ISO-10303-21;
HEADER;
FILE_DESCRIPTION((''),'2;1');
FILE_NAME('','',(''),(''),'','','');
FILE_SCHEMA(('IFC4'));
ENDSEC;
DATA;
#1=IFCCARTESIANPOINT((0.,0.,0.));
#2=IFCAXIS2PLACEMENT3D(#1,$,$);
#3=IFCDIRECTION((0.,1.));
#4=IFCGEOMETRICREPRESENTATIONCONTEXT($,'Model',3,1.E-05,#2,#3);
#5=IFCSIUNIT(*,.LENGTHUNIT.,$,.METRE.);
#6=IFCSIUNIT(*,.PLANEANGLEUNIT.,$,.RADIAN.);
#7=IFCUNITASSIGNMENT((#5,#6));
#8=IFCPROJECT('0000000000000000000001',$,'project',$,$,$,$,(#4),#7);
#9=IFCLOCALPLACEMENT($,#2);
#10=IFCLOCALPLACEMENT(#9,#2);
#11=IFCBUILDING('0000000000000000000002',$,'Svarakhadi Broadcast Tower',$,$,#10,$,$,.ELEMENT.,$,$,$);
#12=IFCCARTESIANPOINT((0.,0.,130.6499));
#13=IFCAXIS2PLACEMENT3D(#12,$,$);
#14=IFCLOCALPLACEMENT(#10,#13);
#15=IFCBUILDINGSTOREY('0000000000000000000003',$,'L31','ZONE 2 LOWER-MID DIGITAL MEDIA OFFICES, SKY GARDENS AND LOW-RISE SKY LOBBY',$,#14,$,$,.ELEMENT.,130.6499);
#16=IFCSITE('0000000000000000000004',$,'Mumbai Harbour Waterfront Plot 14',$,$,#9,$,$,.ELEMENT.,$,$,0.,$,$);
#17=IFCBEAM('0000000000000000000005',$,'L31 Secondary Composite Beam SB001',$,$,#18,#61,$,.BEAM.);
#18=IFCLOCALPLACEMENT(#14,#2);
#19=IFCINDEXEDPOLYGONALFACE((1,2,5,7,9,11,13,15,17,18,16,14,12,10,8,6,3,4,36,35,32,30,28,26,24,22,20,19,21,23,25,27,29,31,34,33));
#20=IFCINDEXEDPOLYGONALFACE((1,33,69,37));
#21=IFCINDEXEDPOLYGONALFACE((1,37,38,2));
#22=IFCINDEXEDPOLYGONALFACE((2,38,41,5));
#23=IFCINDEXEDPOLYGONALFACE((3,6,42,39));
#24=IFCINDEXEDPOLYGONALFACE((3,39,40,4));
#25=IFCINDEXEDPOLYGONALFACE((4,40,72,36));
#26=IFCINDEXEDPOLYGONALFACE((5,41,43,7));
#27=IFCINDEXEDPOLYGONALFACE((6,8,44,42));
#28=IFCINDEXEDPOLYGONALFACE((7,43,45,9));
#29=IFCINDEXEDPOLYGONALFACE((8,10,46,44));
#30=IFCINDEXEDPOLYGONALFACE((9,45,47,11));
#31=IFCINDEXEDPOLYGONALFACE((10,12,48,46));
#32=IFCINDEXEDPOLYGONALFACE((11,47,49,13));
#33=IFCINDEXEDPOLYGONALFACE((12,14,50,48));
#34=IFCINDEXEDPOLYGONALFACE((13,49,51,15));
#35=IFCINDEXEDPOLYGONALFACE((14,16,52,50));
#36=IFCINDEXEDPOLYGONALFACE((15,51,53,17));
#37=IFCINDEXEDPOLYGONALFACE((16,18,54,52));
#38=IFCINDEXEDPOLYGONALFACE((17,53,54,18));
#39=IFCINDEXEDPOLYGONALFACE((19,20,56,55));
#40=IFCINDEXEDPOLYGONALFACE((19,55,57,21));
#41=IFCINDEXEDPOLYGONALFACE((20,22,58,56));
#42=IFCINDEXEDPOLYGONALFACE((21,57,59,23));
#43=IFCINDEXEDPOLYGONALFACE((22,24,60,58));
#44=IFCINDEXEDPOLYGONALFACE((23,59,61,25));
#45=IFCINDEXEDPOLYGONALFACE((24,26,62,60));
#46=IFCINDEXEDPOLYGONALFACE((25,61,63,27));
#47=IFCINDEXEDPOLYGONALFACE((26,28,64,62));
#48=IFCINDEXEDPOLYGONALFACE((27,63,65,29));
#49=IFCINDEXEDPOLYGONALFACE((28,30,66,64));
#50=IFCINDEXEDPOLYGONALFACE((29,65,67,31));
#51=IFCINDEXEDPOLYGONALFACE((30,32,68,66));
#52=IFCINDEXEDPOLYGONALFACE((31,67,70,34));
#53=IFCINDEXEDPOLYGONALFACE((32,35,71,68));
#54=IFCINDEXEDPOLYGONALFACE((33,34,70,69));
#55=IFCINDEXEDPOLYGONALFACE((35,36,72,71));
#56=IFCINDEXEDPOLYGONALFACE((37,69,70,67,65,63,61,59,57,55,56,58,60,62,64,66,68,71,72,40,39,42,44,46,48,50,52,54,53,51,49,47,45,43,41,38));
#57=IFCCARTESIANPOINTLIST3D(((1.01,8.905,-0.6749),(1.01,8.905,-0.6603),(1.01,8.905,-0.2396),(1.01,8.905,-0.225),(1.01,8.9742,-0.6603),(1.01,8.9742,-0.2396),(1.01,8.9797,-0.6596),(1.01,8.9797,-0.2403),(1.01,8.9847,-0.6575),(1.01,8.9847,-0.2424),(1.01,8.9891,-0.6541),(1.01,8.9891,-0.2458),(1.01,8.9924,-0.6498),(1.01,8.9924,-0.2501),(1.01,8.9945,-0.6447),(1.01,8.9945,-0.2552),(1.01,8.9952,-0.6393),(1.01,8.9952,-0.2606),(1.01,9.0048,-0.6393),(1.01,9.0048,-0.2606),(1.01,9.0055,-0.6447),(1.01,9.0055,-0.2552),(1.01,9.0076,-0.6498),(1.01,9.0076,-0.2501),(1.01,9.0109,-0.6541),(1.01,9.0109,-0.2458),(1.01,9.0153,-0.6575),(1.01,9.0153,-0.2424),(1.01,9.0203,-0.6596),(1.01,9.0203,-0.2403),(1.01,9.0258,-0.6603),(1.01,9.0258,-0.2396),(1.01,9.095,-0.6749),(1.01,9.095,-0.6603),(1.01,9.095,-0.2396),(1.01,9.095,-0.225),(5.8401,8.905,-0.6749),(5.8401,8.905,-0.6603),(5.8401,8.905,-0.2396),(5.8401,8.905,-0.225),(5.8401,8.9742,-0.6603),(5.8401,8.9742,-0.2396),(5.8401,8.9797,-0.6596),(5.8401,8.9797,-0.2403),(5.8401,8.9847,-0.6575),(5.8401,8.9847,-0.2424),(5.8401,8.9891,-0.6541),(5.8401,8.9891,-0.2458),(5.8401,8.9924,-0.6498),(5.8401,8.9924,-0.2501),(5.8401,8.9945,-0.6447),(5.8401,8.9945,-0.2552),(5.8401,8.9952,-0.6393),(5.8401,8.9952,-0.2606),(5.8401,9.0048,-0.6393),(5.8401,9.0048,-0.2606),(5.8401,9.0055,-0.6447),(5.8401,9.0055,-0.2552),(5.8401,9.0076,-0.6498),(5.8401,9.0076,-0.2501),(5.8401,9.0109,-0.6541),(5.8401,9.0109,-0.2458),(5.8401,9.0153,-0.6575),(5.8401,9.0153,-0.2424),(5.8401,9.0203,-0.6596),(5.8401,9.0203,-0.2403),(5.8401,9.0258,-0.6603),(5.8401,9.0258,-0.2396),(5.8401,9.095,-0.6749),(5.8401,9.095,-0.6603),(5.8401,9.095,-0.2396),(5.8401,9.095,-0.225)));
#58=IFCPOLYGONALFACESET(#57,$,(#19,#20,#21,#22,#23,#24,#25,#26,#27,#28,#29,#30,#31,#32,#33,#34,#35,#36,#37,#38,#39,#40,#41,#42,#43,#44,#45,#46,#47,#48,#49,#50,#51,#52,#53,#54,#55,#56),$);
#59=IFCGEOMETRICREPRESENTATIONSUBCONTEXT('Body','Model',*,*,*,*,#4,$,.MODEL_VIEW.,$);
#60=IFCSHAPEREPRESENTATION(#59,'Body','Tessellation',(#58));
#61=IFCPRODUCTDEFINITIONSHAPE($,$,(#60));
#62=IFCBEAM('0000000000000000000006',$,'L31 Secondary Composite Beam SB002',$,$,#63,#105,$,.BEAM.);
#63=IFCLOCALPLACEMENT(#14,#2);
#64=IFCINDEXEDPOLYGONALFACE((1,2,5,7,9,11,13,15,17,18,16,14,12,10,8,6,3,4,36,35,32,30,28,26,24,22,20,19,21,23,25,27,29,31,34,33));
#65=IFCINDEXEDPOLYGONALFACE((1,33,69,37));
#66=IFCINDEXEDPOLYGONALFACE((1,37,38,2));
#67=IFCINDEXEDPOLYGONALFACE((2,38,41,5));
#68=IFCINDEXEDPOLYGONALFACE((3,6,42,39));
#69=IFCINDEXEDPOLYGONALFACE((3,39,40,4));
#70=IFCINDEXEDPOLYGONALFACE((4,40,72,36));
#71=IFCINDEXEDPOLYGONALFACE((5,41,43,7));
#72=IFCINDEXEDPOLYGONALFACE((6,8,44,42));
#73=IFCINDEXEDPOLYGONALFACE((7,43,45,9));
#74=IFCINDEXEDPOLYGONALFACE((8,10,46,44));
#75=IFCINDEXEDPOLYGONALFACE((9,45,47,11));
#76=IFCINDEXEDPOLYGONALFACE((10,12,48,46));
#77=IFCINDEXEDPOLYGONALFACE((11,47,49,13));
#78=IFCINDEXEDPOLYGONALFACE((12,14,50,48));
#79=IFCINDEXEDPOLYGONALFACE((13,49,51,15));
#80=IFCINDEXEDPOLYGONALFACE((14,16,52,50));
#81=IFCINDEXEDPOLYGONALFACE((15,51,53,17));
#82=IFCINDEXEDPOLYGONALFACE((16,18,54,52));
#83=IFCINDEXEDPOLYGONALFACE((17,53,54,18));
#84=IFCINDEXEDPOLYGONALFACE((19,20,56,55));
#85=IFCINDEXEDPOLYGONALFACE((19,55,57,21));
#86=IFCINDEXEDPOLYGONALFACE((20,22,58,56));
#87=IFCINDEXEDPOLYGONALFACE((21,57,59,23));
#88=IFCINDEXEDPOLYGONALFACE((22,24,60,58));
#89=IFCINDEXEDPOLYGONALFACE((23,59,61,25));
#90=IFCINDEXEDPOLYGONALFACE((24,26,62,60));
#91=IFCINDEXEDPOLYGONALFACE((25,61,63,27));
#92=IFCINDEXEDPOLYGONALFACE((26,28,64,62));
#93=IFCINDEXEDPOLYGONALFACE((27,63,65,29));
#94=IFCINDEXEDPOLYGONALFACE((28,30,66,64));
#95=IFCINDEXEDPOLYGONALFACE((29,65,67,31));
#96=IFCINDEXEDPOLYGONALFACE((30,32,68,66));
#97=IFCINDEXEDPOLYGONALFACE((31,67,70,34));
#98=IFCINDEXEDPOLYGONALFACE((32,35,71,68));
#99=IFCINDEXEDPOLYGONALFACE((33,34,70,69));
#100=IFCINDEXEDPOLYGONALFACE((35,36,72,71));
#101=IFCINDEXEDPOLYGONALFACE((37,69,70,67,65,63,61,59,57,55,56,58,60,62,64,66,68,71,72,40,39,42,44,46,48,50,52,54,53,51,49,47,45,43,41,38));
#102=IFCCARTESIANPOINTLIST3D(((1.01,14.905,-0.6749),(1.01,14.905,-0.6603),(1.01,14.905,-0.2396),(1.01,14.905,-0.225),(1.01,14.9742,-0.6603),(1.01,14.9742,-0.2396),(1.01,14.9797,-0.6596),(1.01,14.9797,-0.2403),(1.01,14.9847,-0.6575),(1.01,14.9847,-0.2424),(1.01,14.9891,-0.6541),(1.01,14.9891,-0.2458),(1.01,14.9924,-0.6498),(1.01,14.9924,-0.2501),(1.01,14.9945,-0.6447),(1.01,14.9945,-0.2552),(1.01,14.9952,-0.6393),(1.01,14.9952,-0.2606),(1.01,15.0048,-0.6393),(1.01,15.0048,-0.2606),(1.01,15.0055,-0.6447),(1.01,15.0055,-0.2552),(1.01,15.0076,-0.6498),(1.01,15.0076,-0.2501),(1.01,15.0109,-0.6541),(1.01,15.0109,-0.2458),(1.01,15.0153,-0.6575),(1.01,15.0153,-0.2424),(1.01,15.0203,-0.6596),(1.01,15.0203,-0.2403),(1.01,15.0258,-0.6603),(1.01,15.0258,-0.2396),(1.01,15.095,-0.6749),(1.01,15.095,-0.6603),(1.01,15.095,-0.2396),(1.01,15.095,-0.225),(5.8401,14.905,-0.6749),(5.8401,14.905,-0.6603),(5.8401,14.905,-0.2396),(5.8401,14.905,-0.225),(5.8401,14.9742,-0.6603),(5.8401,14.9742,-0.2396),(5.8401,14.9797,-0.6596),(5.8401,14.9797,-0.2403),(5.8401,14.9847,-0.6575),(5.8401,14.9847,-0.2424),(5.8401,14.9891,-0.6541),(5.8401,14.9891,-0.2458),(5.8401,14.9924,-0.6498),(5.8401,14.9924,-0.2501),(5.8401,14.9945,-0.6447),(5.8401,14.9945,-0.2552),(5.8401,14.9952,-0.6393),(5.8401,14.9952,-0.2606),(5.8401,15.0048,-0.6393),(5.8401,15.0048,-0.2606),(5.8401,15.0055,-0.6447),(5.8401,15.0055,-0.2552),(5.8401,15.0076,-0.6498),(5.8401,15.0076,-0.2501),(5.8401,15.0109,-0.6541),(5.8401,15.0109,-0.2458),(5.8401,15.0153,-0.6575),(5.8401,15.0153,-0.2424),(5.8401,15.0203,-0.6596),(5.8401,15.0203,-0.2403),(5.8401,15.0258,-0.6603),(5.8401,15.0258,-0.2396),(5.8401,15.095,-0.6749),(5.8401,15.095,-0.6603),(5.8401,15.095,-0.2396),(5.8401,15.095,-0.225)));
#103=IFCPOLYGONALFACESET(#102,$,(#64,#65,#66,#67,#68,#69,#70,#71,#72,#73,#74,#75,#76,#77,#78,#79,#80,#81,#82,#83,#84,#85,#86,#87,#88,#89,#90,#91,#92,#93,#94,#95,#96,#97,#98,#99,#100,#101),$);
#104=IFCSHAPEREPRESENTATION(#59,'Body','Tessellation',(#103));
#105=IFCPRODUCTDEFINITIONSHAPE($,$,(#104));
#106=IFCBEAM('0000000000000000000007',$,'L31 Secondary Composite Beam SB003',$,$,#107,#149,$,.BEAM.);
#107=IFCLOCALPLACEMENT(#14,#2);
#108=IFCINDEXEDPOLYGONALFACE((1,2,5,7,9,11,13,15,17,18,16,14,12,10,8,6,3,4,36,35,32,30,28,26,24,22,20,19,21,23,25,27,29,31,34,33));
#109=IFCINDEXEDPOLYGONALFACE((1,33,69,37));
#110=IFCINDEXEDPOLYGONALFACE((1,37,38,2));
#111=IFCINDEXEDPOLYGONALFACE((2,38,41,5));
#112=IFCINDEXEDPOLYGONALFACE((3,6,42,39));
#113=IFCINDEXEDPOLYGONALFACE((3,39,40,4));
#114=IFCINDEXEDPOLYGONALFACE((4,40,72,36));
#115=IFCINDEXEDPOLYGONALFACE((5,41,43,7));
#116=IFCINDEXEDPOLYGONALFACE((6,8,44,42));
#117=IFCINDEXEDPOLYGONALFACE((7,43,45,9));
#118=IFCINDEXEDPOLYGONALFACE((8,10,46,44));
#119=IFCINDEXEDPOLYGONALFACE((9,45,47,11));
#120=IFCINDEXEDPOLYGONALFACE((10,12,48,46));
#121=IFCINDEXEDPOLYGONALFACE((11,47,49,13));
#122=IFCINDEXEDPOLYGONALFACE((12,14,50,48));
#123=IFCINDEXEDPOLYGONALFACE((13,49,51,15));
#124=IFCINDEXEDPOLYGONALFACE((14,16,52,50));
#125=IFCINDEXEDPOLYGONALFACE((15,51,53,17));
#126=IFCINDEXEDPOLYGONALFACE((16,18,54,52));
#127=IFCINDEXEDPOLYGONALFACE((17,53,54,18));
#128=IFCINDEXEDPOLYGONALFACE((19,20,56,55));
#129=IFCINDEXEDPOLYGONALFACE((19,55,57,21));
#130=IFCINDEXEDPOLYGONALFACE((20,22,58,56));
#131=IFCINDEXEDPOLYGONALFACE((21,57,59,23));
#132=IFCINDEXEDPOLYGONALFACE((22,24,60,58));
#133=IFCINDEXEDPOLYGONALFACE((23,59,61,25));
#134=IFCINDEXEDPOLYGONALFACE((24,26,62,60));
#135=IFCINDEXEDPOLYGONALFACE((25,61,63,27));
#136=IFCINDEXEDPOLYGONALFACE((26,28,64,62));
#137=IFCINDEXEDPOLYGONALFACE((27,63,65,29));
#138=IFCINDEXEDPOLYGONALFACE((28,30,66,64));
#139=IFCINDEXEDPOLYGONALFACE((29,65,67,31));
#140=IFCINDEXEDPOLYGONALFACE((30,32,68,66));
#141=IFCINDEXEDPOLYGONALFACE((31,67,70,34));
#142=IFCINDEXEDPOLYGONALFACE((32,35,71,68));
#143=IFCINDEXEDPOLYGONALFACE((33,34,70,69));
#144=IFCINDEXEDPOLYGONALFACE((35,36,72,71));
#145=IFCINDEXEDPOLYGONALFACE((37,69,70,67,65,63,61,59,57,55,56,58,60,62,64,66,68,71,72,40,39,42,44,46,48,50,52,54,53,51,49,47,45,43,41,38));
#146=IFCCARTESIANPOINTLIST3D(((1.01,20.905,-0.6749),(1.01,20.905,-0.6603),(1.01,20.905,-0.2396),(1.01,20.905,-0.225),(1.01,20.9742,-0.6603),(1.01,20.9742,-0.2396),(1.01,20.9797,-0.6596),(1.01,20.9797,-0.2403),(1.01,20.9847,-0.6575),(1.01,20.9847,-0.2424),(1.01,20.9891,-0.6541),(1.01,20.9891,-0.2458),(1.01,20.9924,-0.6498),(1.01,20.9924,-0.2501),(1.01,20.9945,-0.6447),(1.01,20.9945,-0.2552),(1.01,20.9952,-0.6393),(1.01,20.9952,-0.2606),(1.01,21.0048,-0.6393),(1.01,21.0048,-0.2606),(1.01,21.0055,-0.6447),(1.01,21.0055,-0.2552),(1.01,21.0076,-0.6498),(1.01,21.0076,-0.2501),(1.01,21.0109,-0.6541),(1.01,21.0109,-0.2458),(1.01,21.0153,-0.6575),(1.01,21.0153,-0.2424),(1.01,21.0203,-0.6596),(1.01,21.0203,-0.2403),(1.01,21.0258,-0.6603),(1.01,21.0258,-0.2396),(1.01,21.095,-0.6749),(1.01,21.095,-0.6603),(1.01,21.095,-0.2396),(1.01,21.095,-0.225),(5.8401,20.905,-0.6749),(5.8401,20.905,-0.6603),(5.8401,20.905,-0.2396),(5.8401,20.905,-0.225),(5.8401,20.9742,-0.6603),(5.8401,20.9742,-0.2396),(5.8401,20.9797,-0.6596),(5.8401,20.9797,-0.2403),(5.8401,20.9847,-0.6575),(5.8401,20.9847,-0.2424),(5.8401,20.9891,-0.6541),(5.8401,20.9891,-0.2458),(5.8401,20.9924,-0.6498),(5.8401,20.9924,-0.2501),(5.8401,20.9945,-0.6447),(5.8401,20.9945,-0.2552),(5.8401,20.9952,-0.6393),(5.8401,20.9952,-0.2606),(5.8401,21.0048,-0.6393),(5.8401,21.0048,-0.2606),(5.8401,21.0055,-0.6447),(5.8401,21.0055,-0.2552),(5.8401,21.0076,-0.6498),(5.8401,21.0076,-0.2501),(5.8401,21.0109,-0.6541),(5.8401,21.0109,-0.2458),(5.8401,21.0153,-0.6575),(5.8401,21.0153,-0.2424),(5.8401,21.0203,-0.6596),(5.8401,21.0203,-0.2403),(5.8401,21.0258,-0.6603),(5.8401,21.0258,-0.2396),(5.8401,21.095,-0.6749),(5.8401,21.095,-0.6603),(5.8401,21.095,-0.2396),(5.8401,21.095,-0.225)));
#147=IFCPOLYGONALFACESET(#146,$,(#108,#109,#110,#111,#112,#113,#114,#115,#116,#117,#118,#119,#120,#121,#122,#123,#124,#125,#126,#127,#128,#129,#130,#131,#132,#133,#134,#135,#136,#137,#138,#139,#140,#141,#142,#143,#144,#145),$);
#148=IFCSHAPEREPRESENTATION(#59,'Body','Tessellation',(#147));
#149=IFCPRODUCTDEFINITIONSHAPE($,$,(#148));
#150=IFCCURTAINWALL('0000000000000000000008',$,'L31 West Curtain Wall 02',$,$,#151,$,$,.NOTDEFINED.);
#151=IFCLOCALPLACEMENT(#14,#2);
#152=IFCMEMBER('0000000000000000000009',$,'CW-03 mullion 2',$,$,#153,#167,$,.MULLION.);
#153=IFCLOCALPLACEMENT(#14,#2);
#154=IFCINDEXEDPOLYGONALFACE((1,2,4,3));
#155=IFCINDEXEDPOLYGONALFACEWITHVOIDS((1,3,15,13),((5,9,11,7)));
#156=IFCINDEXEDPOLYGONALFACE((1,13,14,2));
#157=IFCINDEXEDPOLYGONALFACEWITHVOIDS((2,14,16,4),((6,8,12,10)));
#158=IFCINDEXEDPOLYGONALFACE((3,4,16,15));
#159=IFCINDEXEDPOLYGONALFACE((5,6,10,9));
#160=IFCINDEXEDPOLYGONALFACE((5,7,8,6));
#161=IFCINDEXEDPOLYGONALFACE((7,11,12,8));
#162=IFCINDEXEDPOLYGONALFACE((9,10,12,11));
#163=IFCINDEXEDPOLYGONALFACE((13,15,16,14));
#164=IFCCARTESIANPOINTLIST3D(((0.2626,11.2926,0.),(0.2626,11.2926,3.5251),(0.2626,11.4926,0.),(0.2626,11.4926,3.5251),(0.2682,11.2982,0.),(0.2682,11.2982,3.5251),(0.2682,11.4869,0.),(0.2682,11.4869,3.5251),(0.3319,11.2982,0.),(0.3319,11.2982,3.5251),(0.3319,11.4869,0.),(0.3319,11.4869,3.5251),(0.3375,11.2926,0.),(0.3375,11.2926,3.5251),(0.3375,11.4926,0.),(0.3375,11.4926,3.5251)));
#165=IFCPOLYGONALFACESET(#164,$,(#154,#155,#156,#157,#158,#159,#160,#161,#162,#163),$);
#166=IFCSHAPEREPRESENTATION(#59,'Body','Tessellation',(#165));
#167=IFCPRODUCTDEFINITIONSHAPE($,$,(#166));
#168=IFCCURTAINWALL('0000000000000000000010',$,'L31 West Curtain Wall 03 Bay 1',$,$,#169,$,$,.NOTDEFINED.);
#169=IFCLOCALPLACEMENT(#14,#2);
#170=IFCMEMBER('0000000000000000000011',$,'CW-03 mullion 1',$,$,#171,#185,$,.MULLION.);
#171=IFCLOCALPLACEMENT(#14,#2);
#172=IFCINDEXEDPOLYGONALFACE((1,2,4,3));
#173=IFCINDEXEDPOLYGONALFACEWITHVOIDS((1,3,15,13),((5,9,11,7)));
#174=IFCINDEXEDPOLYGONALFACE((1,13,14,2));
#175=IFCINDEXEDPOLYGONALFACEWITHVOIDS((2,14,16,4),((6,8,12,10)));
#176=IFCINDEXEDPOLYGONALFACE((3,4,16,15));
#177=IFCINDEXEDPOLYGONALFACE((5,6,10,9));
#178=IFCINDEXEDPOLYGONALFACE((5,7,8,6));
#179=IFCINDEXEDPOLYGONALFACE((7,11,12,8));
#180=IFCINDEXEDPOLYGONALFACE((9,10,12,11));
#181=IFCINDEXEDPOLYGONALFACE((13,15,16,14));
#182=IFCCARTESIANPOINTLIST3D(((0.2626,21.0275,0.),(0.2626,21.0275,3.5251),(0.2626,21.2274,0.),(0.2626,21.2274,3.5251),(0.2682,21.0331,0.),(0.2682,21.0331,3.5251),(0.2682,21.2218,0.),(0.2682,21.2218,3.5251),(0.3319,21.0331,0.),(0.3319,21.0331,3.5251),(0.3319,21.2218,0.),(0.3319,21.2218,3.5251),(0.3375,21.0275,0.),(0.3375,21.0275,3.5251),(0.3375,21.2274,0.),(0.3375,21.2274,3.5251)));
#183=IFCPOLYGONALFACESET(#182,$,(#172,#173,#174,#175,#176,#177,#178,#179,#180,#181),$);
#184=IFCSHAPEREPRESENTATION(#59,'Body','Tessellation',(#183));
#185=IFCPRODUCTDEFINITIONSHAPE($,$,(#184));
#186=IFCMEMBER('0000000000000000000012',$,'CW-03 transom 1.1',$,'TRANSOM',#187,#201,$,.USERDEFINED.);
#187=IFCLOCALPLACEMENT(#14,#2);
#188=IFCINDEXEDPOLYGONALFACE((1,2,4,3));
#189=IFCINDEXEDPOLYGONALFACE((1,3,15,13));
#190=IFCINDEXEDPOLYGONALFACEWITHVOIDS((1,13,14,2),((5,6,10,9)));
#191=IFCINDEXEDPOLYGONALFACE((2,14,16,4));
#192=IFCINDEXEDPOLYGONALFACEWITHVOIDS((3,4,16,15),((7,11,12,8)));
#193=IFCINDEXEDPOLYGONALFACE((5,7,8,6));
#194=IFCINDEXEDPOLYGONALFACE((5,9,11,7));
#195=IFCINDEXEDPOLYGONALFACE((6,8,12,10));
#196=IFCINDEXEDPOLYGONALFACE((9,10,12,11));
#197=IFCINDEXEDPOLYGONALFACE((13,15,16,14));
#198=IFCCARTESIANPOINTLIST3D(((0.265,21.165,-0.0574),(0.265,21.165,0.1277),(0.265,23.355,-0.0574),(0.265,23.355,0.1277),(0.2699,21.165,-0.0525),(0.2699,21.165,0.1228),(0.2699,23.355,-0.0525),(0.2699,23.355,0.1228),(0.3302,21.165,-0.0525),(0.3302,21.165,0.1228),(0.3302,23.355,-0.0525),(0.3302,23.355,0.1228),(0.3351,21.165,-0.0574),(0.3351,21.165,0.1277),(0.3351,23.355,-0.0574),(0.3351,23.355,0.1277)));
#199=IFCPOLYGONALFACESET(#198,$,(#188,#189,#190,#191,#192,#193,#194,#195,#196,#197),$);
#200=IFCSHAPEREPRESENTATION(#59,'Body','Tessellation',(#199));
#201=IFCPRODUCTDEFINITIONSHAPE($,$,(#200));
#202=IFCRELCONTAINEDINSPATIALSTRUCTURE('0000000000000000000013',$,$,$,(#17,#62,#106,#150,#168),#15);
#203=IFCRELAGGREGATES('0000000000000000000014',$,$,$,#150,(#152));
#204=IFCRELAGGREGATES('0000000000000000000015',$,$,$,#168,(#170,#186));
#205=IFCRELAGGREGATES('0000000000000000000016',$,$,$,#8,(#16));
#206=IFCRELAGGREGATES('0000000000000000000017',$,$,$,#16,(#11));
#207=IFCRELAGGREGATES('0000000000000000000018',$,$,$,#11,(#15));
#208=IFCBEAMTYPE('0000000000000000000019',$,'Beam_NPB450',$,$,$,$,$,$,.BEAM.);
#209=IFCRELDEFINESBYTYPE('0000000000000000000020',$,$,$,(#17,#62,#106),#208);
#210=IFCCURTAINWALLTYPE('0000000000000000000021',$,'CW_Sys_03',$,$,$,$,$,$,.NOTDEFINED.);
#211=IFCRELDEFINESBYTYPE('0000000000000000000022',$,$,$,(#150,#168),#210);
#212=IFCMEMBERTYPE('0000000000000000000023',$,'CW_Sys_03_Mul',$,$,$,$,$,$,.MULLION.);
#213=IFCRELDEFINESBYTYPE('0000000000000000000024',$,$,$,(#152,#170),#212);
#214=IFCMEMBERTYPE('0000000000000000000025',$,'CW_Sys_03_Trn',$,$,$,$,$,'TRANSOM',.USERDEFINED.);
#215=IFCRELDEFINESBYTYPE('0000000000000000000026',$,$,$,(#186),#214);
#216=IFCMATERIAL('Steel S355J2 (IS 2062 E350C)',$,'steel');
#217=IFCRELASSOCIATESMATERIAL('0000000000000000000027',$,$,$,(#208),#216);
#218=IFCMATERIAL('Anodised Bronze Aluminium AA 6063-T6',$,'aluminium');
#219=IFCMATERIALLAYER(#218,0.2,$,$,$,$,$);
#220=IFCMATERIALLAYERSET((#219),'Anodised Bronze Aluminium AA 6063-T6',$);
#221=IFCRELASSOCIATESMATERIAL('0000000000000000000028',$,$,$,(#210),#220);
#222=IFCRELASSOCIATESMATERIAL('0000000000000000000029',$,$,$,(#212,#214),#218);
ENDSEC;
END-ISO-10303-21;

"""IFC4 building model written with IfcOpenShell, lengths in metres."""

from ifc_helpers import new_model, si_unit, direction, frame, origin, origin_2d, place, context, subcontext, project, spatial, hollow_rectangle, i_section, extrude, material, layer, layer_set, material_profile, profile_set, type_object, element, aggregate, save


model = new_model("IFC4")

# Units and contexts
model_context = context("Model", 3, precision=1e-05, world=origin(), true_north=direction((0.0, 1.0)))
body_context = subcontext(model_context, "Body", "Model", "MODEL_VIEW")
ifc_project = project(units=[si_unit("LENGTHUNIT", "METRE"), si_unit("PLANEANGLEUNIT", "RADIAN")], contexts=[model_context])

# Site, building, storey
site_placement = place(None, origin())
site = spatial("IfcSite", under=ifc_project, at=site_placement, Name="Mumbai Harbour Waterfront Plot 14", CompositionType="ELEMENT", RefElevation=0.0)
building_placement = place(site_placement, origin())
building = spatial("IfcBuilding", under=site, at=building_placement, Name="Svarakhadi Broadcast Tower", CompositionType="ELEMENT")
storey_placement = place(building_placement, frame((0.0, 0.0, 130.6499)))
storey = spatial("IfcBuildingStorey", under=building, at=storey_placement, Name="L31", Description="ZONE 2 LOWER-MID DIGITAL MEDIA OFFICES, SKY GARDENS AND LOW-RISE SKY LOBBY", CompositionType="ELEMENT", Elevation=130.6499)

# Beams
ifc_material_1 = material(Name="Steel S355J2 (IS 2062 E350C)", Category="steel")
ifc_material_profile_1 = material_profile(ifc_material_1, i_section(OverallWidth=0.1899, OverallDepth=0.45, WebThickness=0.0095, FlangeThickness=0.0146, FilletRadius=0.021, at=origin_2d()), Name="NPB 450x190x78")
ifc_profile_set_1 = profile_set([ifc_material_profile_1], Name="Steel S355J2 (IS 2062 E350C)")
beam_type_1 = type_object("IfcBeamType", Name="Beam_NPB450", PredefinedType="BEAM", material=ifc_profile_set_1)
for number, where, z_axis, x_axis, name in (
    (1, (1.01, 9.0, -0.45), (1.0, 0.0, 0.0), (0.0, 1.0, 0.0), "L31 Secondary Composite Beam SB001"),
    (2, (1.01, 15.0, -0.45), (1.0, 0.0, 0.0), (0.0, 1.0, 0.0), "L31 Secondary Composite Beam SB002"),
    (3, (1.01, 21.0, -0.45), (1.0, 0.0, 0.0), (0.0, 1.0, 0.0), "L31 Secondary Composite Beam SB003"),
):
    element("IfcBeam", number, at=place(storey_placement, frame(where, z_axis=z_axis, x_axis=x_axis)), inside=storey, type_object=beam_type_1, Name=name, PredefinedType="BEAM", context=body_context, shape_type="SweptSolid", body=[
        extrude(i_section(OverallWidth=0.1899, OverallDepth=0.45, WebThickness=0.0095, FlangeThickness=0.0146, FilletRadius=0.021, at=origin_2d()), origin(), (0.0, 0.0, 1.0), 4.8301),
    ])

# Curtain wall, member
ifc_material_2 = material(Name="Anodised Bronze Aluminium AA 6063-T6", Category="aluminium")
ifc_layer_1 = layer(ifc_material_2, 0.2)
ifc_layer_set_1 = layer_set([ifc_layer_1], Name="Anodised Bronze Aluminium AA 6063-T6")
curtain_wall_type = type_object("IfcCurtainWallType", Name="CW_Sys_03", PredefinedType="NOTDEFINED", material=ifc_layer_set_1)
curtain_wall_1_placement = place(storey_placement, origin())
curtain_wall_1 = element("IfcCurtainWall", 4, at=curtain_wall_1_placement, inside=storey, type_object=curtain_wall_type, Name="L31 West Curtain Wall 02", PredefinedType="NOTDEFINED")
ifc_material_profile_2 = material_profile(ifc_material_2, hollow_rectangle(XDim=0.075, YDim=0.2, WallThickness=0.0056, at=origin_2d()), Name="ALU MULLION 200x75x6")
ifc_profile_set_2 = profile_set([ifc_material_profile_2], Name="Anodised Bronze Aluminium AA 6063-T6")
member_type_1 = type_object("IfcMemberType", Name="CW_Sys_03_Mul", PredefinedType="MULLION", material=ifc_profile_set_2)
member_1_placement = place(storey_placement, frame((0.3, 11.3926, 0.0), z_axis=(0.0, 0.0, 1.0), x_axis=(-1.0, 0.0, 0.0)))
member_1 = element("IfcMember", 5, at=member_1_placement, type_object=member_type_1, Name="CW-03 mullion 2", PredefinedType="MULLION", context=body_context, shape_type="SweptSolid", body=[
    extrude(hollow_rectangle(XDim=0.075, YDim=0.2, WallThickness=0.0056, at=origin_2d()), origin(), (0.0, 0.0, 1.0), 3.5251),
])
aggregate(curtain_wall_1, [member_1])

# Curtain wall, members
curtain_wall_2_placement = place(storey_placement, origin())
curtain_wall_2 = element("IfcCurtainWall", 6, at=curtain_wall_2_placement, inside=storey, type_object=curtain_wall_type, Name="L31 West Curtain Wall 03 Bay 1", PredefinedType="NOTDEFINED")
member_2_placement = place(storey_placement, frame((0.3, 21.1274, 0.0), z_axis=(0.0, 0.0, 1.0), x_axis=(-1.0, 0.0, 0.0)))
member_2 = element("IfcMember", 7, at=member_2_placement, type_object=member_type_1, Name="CW-03 mullion 1", PredefinedType="MULLION", context=body_context, shape_type="SweptSolid", body=[
    extrude(hollow_rectangle(XDim=0.075, YDim=0.2, WallThickness=0.0056, at=origin_2d()), origin(), (0.0, 0.0, 1.0), 3.5251),
])
ifc_material_profile_3 = material_profile(ifc_material_2, hollow_rectangle(XDim=0.0701, YDim=0.1851, WallThickness=0.0049, at=origin_2d()), Name="ALU TRANSOM 185x70x5")
ifc_profile_set_3 = profile_set([ifc_material_profile_3], Name="Anodised Bronze Aluminium AA 6063-T6")
member_type_2 = type_object("IfcMemberType", Name="CW_Sys_03_Trn", ElementType="TRANSOM", PredefinedType="USERDEFINED", material=ifc_profile_set_3)
member_3_placement = place(storey_placement, frame((0.3, 21.165, 0.0352), z_axis=(0.0, 1.0, 0.0), x_axis=(-1.0, 0.0, 0.0)))
member_3 = element("IfcMember", 8, at=member_3_placement, type_object=member_type_2, Name="CW-03 transom 1.1", ObjectType="TRANSOM", PredefinedType="USERDEFINED", context=body_context, shape_type="SweptSolid", body=[
    extrude(hollow_rectangle(XDim=0.0701, YDim=0.1851, WallThickness=0.0049, at=origin_2d()), origin(), (0.0, 0.0, 1.0), 2.1899),
])
aggregate(curtain_wall_2, [member_2, member_3])

save(model, "model.ifc")
